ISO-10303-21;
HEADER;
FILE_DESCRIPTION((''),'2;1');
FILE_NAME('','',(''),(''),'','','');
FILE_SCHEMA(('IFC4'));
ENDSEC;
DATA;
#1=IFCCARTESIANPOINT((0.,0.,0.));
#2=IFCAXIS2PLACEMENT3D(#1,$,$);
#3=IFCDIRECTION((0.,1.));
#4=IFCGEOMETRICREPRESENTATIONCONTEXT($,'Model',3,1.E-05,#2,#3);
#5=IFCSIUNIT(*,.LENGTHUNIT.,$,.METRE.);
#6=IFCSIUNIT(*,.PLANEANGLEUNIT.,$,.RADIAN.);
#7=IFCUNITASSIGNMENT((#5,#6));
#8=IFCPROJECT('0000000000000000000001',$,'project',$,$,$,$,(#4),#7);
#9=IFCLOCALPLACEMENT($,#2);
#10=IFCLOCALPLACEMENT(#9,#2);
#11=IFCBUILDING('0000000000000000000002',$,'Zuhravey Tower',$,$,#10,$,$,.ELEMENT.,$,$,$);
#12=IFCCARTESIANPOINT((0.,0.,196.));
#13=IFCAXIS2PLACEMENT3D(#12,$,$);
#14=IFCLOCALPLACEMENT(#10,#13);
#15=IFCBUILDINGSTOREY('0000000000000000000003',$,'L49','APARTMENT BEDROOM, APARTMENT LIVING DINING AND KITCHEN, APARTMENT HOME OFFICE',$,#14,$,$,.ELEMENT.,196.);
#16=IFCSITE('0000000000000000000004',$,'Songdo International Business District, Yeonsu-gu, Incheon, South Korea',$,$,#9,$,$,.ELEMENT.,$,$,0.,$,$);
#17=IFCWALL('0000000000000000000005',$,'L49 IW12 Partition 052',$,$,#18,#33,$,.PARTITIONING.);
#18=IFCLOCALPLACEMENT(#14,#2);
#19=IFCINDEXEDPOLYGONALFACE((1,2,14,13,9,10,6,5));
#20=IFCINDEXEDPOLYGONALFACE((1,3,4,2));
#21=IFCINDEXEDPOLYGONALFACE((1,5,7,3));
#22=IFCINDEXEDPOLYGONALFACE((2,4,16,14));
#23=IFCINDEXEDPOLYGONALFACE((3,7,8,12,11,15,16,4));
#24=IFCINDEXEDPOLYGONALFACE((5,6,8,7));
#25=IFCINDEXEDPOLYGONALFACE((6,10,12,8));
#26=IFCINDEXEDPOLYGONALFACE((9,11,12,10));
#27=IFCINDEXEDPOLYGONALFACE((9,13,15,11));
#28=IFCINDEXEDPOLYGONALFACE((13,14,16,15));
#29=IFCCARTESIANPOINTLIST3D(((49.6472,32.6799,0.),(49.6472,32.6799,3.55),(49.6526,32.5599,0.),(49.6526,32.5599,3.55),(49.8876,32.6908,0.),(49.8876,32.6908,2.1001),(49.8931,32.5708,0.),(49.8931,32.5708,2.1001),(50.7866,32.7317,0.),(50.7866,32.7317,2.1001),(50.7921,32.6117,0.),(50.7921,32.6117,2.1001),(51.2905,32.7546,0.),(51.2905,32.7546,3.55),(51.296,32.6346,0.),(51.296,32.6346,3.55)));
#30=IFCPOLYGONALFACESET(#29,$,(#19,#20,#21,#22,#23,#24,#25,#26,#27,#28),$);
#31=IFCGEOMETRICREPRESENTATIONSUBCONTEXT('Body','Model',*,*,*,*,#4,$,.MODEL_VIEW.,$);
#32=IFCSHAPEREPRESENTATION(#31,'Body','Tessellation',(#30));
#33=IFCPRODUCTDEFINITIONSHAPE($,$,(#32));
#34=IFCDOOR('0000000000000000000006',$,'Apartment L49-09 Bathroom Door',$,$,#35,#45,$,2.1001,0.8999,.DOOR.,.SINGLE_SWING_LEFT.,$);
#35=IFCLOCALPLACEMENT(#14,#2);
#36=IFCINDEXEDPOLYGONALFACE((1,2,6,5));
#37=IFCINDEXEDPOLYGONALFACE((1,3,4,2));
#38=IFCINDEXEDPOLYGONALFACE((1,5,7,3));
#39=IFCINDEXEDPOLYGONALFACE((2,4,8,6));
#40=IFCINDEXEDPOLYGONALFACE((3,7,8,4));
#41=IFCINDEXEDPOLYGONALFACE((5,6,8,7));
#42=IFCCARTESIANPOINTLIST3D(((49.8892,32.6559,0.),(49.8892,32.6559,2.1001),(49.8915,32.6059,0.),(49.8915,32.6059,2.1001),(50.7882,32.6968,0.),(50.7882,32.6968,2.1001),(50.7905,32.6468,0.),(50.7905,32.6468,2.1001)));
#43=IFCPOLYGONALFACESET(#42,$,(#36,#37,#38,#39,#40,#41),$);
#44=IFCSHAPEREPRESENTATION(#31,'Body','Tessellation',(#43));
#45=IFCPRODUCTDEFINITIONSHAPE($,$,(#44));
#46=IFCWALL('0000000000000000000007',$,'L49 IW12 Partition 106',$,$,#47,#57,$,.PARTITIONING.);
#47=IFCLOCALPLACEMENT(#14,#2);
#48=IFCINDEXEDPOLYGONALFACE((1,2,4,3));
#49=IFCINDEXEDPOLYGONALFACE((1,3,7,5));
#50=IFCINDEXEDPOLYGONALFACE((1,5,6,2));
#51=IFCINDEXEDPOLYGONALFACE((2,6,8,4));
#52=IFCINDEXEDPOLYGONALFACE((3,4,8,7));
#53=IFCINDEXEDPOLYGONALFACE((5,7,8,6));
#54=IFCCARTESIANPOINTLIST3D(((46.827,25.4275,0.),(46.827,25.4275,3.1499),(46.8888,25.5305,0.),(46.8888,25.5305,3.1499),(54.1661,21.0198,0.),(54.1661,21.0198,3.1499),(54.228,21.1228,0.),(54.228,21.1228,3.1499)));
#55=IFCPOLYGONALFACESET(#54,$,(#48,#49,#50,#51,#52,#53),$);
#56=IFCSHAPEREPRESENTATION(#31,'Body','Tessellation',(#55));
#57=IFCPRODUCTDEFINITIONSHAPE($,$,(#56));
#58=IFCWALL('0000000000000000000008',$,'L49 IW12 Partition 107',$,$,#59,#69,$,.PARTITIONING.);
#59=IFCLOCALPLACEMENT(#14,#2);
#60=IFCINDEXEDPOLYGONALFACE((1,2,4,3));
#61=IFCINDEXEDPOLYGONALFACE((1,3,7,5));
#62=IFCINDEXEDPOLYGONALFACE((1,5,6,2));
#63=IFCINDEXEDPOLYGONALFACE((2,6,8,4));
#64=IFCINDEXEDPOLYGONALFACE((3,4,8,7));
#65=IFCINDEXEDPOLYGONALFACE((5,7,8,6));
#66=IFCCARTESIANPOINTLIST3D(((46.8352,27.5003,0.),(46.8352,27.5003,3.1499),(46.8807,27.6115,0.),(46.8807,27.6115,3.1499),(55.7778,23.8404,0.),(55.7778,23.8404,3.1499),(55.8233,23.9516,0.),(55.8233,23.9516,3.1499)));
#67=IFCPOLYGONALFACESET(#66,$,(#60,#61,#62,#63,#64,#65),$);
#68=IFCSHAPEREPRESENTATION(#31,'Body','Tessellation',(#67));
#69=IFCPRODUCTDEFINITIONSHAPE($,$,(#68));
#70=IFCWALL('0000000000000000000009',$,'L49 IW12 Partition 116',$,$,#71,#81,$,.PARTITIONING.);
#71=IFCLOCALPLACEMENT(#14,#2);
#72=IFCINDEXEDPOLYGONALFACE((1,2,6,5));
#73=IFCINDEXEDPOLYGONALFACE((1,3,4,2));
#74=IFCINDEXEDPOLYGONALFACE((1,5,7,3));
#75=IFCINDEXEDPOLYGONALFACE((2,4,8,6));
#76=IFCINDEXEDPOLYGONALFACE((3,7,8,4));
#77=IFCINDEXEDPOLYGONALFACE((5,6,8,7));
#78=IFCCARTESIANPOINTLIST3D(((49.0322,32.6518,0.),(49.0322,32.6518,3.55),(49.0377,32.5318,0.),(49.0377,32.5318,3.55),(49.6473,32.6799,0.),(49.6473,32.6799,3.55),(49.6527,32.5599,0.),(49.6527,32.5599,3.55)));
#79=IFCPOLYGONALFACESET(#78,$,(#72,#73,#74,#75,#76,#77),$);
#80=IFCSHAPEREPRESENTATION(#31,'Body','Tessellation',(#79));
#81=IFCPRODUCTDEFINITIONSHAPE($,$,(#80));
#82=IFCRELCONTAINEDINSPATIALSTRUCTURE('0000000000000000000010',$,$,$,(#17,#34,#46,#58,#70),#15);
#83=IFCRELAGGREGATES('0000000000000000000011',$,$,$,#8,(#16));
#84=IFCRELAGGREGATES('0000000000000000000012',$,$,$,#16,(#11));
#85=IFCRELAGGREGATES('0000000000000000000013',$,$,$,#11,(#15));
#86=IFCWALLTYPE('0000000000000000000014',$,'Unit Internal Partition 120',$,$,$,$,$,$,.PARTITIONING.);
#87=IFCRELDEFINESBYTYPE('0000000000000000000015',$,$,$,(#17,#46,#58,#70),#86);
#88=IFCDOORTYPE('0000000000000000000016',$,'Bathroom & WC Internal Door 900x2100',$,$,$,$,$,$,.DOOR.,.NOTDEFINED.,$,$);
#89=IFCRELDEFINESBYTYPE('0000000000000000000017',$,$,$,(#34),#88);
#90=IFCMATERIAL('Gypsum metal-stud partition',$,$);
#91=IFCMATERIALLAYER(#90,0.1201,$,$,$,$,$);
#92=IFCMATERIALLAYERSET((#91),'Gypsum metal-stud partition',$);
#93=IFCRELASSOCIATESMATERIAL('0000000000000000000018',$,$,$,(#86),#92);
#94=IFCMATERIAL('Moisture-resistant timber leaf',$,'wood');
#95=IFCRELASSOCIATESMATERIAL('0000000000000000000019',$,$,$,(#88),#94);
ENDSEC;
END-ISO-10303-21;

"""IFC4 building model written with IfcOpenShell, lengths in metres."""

from ifc_helpers import new_model, si_unit, direction, frame, frame_2d, origin, place, context, subcontext, project, spatial, rectangle, extrude, material, layer, layer_set, type_object, element, fill, save


model = new_model("IFC4")

# Units and contexts
model_context = context("Model", 3, precision=1e-05, world=origin(), true_north=direction((0.0, 1.0)))
body_context = subcontext(model_context, "Body", "Model", "MODEL_VIEW")
ifc_project = project(units=[si_unit("LENGTHUNIT", "METRE"), si_unit("PLANEANGLEUNIT", "RADIAN")], contexts=[model_context])

# Site, building, storey
site_placement = place(None, origin())
site = spatial("IfcSite", under=ifc_project, at=site_placement, Name="Songdo International Business District, Yeonsu-gu, Incheon, South Korea", CompositionType="ELEMENT", RefElevation=0.0)
building_placement = place(site_placement, origin())
building = spatial("IfcBuilding", under=site, at=building_placement, Name="Zuhravey Tower", CompositionType="ELEMENT")
storey_placement = place(building_placement, frame((0.0, 0.0, 196.0)))
storey = spatial("IfcBuildingStorey", under=building, at=storey_placement, Name="L49", Description="APARTMENT BEDROOM, APARTMENT LIVING DINING AND KITCHEN, APARTMENT HOME OFFICE", CompositionType="ELEMENT", Elevation=196.0)

# Wall, opening, door
ifc_material_1 = material(Name="Gypsum metal-stud partition")
ifc_layer_1 = layer(ifc_material_1, 0.1201)
ifc_layer_set_1 = layer_set([ifc_layer_1], Name="Gypsum metal-stud partition")
wall_type_1 = type_object("IfcWallType", Name="Unit Internal Partition 120", PredefinedType="PARTITIONING", material=ifc_layer_set_1)
wall_1_placement = place(storey_placement, frame((49.6499, 32.6199, 0.0), z_axis=(0.0, 0.0, 1.0), x_axis=(0.998968, 0.045414, 0.0)))
wall_1 = element("IfcWall", 1, at=wall_1_placement, inside=storey, type_object=wall_type_1, Name="L49 IW12 Partition 052", PredefinedType="PARTITIONING", context=body_context, shape_type="SweptSolid", body=[
    extrude(rectangle(XDim=1.645, YDim=0.1201, at=frame_2d((0.8225, 0.0))), origin(), (0.0, 0.0, 1.0), 3.55),
])
opening_1_placement = place(wall_1_placement, frame((0.2407, 0.0, 0.0)))
opening_1 = element("IfcOpeningElement", 2, at=opening_1_placement, cuts=wall_1, PredefinedType="OPENING", context=body_context, shape_type="SweptSolid", body=[
    extrude(rectangle(XDim=0.8999, YDim=2.1001, at=frame_2d((0.45, 1.05))), frame((0.0, 0.072, 0.0), z_axis=(0.0, -1.0, 0.0), x_axis=(1.0, 0.0, 0.0)), (0.0, 0.0, 1.0), 0.144),
])
ifc_material_2 = material(Name="Moisture-resistant timber leaf", Category="wood")
door_type_1 = type_object("IfcDoorType", Name="Bathroom & WC Internal Door 900x2100", OperationType="NOTDEFINED", PredefinedType="DOOR", material=ifc_material_2)
door_1_placement = place(opening_1_placement, frame((0.8999, 0.0, 0.0), z_axis=(0.0, 0.0, 1.0), x_axis=(-1.0, 0.0, 0.0)))
door_1 = element("IfcDoor", 3, at=door_1_placement, inside=storey, type_object=door_type_1, Name="Apartment L49-09 Bathroom Door", OperationType="SINGLE_SWING_LEFT", OverallHeight=2.1001, OverallWidth=0.8999, PredefinedType="DOOR", context=body_context, shape_type="SweptSolid", body=[
    extrude(rectangle(XDim=0.8999, YDim=2.1001, at=frame_2d((0.45, 1.05))), frame((0.0, 0.0249, 0.0), z_axis=(0.0, -1.0, 0.0), x_axis=(1.0, 0.0, 0.0)), (0.0, 0.0, 1.0), 0.05),
])
fill(opening_1, door_1)

# Walls
wall_2_placement = place(storey_placement, frame((46.8579, 25.479, 0.0), z_axis=(0.0, 0.0, 1.0), x_axis=(0.857274, -0.514861, 0.0)))
element("IfcWall", 4, at=wall_2_placement, inside=storey, type_object=wall_type_1, Name="L49 IW12 Partition 106", PredefinedType="PARTITIONING", context=body_context, shape_type="SweptSolid", body=[
    extrude(rectangle(XDim=8.561, YDim=0.1201, at=frame_2d((4.2805, 0.0))), origin(), (0.0, 0.0, 1.0), 3.1499),
])
wall_3_placement = place(storey_placement, frame((46.8579, 27.5559, 0.0), z_axis=(0.0, 0.0, 1.0), x_axis=(0.92549, -0.378772, 0.0)))
element("IfcWall", 5, at=wall_3_placement, inside=storey, type_object=wall_type_1, Name="L49 IW12 Partition 107", PredefinedType="PARTITIONING", context=body_context, shape_type="SweptSolid", body=[
    extrude(rectangle(XDim=9.6626, YDim=0.1201, at=frame_2d((4.8313, 0.0))), origin(), (0.0, 0.0, 1.0), 3.1499),
])
wall_4_placement = place(storey_placement, frame((49.0349, 32.5918, 0.0), z_axis=(0.0, 0.0, 1.0), x_axis=(0.99896, 0.045606, 0.0)))
element("IfcWall", 6, at=wall_4_placement, inside=storey, type_object=wall_type_1, Name="L49 IW12 Partition 116", PredefinedType="PARTITIONING", context=body_context, shape_type="SweptSolid", body=[
    extrude(rectangle(XDim=0.6157, YDim=0.1201, at=frame_2d((0.3079, 0.0))), origin(), (0.0, 0.0, 1.0), 3.55),
])

save(model, "model.ifc")
